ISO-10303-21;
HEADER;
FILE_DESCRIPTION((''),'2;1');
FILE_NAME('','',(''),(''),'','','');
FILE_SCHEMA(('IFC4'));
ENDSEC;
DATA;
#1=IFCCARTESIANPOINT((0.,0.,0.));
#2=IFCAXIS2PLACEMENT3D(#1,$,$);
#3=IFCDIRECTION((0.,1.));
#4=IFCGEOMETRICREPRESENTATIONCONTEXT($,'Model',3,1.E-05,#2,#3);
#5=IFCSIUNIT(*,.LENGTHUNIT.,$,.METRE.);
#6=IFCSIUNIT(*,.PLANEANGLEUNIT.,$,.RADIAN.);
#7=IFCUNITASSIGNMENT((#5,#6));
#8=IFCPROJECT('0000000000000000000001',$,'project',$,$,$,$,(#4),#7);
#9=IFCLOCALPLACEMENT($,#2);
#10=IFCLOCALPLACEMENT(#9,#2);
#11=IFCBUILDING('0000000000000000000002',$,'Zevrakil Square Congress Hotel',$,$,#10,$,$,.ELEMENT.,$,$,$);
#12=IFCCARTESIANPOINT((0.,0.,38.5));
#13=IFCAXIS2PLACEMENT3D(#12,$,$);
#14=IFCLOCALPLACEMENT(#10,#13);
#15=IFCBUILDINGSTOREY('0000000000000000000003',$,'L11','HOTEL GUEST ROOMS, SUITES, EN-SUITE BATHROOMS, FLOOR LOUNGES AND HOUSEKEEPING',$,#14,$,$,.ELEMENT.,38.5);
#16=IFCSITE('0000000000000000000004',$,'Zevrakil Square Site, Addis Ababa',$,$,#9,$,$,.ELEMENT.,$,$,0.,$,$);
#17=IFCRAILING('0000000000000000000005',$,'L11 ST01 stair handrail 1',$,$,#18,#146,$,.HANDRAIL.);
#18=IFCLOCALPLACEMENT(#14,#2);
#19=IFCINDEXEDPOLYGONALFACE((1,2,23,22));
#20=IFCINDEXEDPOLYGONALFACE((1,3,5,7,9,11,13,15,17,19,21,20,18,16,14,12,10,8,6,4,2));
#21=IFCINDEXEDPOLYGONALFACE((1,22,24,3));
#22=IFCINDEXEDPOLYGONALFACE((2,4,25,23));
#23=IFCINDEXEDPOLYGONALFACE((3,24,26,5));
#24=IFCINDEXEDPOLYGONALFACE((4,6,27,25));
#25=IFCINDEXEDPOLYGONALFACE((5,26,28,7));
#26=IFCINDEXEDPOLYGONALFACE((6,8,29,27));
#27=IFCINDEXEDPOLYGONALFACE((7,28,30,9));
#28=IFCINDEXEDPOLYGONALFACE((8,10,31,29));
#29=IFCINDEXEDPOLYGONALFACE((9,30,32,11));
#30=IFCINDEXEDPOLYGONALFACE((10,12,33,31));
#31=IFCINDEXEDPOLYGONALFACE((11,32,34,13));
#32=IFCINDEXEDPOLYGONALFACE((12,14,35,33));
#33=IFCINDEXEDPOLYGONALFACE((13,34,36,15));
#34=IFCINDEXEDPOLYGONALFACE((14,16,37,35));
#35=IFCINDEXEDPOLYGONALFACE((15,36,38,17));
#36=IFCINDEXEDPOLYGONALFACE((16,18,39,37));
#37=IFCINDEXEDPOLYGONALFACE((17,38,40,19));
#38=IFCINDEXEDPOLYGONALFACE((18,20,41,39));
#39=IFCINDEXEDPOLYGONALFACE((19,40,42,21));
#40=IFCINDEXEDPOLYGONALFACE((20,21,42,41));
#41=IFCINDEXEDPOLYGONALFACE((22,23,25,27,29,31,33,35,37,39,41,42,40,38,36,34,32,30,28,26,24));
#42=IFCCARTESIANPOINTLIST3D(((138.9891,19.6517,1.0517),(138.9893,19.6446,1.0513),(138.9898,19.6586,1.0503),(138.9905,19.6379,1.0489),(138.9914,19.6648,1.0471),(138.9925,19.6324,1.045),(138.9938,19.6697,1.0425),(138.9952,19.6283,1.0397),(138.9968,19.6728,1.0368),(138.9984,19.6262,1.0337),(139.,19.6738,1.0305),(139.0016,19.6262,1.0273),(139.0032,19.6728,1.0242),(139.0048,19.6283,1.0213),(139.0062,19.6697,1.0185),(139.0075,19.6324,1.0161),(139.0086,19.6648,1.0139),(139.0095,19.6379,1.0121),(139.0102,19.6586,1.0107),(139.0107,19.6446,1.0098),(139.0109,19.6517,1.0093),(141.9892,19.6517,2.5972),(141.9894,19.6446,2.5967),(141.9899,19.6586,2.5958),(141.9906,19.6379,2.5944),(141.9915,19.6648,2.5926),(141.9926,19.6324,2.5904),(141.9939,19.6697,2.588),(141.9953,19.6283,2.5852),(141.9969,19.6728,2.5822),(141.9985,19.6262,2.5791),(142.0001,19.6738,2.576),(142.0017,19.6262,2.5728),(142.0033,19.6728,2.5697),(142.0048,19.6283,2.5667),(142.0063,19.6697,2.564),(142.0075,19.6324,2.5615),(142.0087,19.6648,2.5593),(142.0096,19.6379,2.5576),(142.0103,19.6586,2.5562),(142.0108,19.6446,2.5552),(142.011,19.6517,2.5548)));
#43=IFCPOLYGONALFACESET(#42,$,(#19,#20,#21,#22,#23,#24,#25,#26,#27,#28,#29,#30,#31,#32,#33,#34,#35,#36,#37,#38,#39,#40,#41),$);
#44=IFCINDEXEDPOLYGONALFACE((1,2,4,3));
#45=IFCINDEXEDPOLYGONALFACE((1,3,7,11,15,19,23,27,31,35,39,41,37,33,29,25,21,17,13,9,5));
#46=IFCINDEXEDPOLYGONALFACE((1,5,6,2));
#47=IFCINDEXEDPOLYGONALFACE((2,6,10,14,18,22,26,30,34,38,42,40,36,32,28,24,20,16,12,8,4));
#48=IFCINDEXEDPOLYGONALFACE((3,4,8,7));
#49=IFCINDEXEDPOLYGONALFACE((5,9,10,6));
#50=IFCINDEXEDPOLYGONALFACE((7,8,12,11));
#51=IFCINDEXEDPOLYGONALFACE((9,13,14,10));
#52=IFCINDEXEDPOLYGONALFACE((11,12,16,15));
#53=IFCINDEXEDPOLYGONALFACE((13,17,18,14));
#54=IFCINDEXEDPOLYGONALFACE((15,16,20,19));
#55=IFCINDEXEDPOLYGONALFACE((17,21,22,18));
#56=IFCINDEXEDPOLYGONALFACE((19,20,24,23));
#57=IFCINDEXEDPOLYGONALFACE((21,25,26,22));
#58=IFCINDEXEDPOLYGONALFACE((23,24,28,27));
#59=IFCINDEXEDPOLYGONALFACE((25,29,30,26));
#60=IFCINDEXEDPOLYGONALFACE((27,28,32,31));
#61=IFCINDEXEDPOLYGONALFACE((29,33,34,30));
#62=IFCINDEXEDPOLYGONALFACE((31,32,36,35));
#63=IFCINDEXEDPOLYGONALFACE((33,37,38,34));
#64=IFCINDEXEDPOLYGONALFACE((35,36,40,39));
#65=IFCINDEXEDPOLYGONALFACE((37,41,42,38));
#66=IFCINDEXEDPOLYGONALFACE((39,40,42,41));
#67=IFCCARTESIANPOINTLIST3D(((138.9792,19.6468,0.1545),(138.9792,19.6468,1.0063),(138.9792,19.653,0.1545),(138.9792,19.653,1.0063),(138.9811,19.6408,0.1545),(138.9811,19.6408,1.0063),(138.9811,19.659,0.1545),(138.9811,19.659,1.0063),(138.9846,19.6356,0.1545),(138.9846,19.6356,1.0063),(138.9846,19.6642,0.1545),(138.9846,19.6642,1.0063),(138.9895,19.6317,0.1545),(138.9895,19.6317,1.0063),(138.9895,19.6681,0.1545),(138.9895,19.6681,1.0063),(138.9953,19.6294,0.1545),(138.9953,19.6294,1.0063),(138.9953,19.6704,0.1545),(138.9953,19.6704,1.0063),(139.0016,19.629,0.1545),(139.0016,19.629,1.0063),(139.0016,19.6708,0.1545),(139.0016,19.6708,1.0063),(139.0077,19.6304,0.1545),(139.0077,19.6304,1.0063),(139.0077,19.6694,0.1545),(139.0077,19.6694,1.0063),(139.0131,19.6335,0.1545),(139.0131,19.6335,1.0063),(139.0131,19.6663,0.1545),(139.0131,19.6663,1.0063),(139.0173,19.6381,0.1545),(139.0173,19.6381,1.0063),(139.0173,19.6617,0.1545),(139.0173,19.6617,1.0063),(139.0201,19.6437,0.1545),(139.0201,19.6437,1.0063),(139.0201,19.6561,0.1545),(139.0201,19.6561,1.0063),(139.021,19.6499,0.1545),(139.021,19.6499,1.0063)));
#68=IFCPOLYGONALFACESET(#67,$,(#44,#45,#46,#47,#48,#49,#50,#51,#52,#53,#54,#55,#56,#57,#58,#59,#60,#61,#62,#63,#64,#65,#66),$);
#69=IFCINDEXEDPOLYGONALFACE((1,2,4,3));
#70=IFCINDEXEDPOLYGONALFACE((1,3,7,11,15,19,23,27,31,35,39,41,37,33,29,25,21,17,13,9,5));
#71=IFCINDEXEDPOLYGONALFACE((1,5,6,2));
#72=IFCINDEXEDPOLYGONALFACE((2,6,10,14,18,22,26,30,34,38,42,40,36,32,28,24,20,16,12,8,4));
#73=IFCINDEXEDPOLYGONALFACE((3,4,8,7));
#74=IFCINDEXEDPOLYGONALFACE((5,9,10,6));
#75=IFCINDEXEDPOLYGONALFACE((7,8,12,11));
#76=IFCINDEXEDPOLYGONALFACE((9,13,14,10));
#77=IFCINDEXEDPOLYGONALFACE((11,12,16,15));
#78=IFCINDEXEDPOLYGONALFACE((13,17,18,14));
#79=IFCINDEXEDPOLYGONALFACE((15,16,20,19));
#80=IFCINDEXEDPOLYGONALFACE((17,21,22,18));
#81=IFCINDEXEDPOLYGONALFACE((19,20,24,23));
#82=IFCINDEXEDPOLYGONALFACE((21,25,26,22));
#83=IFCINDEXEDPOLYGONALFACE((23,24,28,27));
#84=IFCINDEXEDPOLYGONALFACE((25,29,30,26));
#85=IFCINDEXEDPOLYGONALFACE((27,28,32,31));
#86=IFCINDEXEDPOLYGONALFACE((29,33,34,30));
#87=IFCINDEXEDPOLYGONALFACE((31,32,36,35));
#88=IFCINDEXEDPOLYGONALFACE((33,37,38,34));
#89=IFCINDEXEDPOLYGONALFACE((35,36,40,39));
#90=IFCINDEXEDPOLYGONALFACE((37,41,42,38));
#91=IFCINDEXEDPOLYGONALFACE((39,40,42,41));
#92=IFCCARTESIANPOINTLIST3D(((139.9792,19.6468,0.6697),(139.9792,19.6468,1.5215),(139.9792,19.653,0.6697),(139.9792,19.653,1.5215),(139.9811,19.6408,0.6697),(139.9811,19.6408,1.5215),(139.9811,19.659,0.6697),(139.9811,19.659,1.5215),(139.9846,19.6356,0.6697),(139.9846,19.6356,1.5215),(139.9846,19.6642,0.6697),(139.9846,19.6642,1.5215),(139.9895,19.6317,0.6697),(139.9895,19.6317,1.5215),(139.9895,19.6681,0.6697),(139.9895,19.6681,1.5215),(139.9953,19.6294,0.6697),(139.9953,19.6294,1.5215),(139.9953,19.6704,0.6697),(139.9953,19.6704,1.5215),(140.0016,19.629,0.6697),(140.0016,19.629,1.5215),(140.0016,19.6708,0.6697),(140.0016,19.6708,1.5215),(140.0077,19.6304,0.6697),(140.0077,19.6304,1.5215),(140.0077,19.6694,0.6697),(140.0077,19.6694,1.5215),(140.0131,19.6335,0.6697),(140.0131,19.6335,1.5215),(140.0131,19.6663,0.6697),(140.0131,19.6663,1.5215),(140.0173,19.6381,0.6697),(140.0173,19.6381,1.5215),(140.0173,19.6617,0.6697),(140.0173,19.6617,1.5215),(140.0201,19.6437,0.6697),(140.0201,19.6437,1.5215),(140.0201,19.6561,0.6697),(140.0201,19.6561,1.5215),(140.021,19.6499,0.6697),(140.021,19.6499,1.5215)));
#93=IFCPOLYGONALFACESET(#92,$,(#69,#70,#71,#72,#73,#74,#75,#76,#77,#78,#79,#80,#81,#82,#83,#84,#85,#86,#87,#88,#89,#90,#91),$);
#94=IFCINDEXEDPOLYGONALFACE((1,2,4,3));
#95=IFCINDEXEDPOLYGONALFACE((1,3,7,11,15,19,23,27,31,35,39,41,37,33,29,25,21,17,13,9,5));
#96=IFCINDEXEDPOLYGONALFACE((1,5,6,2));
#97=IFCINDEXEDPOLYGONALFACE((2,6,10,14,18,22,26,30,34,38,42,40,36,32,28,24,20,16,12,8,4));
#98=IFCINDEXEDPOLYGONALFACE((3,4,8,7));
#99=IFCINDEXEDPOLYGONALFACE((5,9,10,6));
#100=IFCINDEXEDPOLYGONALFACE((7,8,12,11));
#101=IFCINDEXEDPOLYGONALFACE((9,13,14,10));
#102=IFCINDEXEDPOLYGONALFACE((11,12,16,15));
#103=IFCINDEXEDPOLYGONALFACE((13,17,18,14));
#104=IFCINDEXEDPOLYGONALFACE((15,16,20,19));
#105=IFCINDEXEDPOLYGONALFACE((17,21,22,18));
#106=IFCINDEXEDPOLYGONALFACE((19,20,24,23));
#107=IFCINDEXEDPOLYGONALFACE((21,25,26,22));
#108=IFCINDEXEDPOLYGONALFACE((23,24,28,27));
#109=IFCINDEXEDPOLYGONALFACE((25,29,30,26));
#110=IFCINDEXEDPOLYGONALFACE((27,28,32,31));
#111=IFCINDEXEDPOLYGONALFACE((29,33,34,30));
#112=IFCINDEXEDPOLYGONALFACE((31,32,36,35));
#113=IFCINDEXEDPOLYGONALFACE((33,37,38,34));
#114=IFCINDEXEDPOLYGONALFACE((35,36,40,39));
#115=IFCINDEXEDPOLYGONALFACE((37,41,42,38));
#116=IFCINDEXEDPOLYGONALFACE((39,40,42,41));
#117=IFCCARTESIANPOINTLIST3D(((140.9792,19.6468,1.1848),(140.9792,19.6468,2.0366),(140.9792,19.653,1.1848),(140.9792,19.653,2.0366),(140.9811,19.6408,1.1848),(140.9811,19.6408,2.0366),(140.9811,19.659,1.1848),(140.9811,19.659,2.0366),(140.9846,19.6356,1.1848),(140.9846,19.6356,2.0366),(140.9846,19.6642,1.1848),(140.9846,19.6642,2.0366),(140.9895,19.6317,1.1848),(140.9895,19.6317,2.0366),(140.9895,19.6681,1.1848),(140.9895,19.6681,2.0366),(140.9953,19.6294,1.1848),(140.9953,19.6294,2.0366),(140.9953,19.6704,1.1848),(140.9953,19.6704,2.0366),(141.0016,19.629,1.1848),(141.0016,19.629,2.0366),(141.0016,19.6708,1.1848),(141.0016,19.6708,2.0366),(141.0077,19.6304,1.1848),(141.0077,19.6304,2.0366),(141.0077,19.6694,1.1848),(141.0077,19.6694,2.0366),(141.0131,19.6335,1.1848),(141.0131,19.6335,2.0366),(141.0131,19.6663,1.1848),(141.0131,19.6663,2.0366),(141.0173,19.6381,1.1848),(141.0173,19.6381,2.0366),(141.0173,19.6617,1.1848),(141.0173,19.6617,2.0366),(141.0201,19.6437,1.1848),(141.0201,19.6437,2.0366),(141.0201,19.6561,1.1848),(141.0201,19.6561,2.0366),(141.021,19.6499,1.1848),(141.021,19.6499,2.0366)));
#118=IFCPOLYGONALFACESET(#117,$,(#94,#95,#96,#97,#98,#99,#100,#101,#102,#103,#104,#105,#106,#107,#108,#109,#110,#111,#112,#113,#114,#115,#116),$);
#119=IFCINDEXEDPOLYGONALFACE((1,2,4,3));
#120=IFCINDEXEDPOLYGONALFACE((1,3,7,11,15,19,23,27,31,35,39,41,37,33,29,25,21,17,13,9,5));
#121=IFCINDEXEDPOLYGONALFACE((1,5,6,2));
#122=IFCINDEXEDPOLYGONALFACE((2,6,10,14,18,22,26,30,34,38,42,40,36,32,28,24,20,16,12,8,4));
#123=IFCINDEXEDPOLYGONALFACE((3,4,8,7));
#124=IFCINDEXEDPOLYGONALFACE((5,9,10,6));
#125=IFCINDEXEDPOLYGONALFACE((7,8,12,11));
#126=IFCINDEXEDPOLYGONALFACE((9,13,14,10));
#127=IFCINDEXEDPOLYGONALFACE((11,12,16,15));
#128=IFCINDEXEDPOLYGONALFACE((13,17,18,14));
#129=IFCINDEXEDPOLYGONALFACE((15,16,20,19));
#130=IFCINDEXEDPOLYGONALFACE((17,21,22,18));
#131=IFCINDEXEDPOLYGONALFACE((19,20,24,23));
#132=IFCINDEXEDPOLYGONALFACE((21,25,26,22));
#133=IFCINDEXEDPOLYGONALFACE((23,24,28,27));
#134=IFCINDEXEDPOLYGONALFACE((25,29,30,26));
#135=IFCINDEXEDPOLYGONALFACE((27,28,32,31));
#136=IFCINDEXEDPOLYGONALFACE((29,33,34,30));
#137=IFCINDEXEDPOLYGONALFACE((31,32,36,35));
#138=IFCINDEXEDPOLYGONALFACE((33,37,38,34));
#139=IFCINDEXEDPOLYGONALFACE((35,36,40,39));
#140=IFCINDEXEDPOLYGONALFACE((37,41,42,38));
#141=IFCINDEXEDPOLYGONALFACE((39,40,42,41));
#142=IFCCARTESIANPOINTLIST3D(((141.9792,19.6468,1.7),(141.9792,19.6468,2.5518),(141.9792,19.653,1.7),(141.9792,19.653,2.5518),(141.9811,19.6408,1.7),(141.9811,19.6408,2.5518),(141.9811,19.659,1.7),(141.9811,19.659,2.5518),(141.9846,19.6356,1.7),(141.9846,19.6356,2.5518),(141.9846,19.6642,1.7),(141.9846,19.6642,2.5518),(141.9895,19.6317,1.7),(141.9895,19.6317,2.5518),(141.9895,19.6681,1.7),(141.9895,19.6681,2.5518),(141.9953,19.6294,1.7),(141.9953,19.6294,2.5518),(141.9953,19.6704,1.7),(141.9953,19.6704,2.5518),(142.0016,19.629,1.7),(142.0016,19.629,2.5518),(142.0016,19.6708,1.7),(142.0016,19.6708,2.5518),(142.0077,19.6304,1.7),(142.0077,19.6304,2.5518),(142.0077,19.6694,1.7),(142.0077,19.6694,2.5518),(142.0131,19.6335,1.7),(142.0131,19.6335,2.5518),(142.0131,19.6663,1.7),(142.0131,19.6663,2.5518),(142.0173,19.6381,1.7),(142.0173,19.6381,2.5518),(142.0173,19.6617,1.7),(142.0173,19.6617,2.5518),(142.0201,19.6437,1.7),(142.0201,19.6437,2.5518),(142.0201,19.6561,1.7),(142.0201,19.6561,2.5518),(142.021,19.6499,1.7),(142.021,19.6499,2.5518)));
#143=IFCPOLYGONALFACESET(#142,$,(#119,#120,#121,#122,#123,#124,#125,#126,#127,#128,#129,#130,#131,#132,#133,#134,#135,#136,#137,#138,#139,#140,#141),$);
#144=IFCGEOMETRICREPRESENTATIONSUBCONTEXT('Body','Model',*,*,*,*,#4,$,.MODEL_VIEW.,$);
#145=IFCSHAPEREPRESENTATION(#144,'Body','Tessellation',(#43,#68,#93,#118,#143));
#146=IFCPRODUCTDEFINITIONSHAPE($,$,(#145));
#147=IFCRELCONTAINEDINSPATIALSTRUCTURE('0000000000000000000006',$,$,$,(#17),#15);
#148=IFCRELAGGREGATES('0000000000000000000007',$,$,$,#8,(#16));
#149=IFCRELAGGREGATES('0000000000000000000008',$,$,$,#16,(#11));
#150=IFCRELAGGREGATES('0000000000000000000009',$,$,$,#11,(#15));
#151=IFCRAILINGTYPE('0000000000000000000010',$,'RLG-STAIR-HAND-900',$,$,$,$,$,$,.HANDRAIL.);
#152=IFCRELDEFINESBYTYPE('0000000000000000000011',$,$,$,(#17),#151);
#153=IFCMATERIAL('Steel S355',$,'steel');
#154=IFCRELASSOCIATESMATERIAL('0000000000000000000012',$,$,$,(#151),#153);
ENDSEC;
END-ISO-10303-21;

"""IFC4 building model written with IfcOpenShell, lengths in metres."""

from ifc_helpers import new_model, si_unit, direction, frame, origin, origin_2d, place, context, subcontext, project, spatial, circle, extrude, material, type_object, element, save


model = new_model("IFC4")

# Units and contexts
model_context = context("Model", 3, precision=1e-05, world=origin(), true_north=direction((0.0, 1.0)))
body_context = subcontext(model_context, "Body", "Model", "MODEL_VIEW")
ifc_project = project(units=[si_unit("LENGTHUNIT", "METRE"), si_unit("PLANEANGLEUNIT", "RADIAN")], contexts=[model_context])

# Site, building, storey
site_placement = place(None, origin())
site = spatial("IfcSite", under=ifc_project, at=site_placement, Name="Zevrakil Square Site, Addis Ababa", CompositionType="ELEMENT", RefElevation=0.0)
building_placement = place(site_placement, origin())
building = spatial("IfcBuilding", under=site, at=building_placement, Name="Zevrakil Square Congress Hotel", CompositionType="ELEMENT")
storey_placement = place(building_placement, frame((0.0, 0.0, 38.5)))
storey = spatial("IfcBuildingStorey", under=building, at=storey_placement, Name="L11", Description="HOTEL GUEST ROOMS, SUITES, EN-SUITE BATHROOMS, FLOOR LOUNGES AND HOUSEKEEPING", CompositionType="ELEMENT", Elevation=38.5)

# Railing
ifc_material_1 = material(Name="Steel S355", Category="steel")
railing_type_1 = type_object("IfcRailingType", Name="RLG-STAIR-HAND-900", PredefinedType="HANDRAIL", material=ifc_material_1)
railing_1_placement = place(storey_placement, frame((139.0, 19.6499, 0.1545)))
element("IfcRailing", 1, at=railing_1_placement, inside=storey, type_object=railing_type_1, Name="L11 ST01 stair handrail 1", PredefinedType="HANDRAIL", context=body_context, shape_type="SweptSolid", body=[
    extrude(circle(Radius=0.0239, at=origin_2d()), frame((0.0, 0.0, 0.876), z_axis=(0.88898, 0.0, 0.457946), x_axis=(0.0, 1.0, 0.0)), (0.0, 0.0, 1.0), 3.3748),
    extrude(circle(Radius=0.021, at=origin_2d()), origin(), (0.0, 0.0, 1.0), 0.8518),
    extrude(circle(Radius=0.021, at=origin_2d()), frame((1.0, 0.0, 0.5151)), (0.0, 0.0, 1.0), 0.8518),
    extrude(circle(Radius=0.021, at=origin_2d()), frame((2.0, 0.0, 1.0303)), (0.0, 0.0, 1.0), 0.8518),
    extrude(circle(Radius=0.021, at=origin_2d()), frame((3.0, 0.0, 1.5454)), (0.0, 0.0, 1.0), 0.8518),
])

save(model, "model.ifc")
